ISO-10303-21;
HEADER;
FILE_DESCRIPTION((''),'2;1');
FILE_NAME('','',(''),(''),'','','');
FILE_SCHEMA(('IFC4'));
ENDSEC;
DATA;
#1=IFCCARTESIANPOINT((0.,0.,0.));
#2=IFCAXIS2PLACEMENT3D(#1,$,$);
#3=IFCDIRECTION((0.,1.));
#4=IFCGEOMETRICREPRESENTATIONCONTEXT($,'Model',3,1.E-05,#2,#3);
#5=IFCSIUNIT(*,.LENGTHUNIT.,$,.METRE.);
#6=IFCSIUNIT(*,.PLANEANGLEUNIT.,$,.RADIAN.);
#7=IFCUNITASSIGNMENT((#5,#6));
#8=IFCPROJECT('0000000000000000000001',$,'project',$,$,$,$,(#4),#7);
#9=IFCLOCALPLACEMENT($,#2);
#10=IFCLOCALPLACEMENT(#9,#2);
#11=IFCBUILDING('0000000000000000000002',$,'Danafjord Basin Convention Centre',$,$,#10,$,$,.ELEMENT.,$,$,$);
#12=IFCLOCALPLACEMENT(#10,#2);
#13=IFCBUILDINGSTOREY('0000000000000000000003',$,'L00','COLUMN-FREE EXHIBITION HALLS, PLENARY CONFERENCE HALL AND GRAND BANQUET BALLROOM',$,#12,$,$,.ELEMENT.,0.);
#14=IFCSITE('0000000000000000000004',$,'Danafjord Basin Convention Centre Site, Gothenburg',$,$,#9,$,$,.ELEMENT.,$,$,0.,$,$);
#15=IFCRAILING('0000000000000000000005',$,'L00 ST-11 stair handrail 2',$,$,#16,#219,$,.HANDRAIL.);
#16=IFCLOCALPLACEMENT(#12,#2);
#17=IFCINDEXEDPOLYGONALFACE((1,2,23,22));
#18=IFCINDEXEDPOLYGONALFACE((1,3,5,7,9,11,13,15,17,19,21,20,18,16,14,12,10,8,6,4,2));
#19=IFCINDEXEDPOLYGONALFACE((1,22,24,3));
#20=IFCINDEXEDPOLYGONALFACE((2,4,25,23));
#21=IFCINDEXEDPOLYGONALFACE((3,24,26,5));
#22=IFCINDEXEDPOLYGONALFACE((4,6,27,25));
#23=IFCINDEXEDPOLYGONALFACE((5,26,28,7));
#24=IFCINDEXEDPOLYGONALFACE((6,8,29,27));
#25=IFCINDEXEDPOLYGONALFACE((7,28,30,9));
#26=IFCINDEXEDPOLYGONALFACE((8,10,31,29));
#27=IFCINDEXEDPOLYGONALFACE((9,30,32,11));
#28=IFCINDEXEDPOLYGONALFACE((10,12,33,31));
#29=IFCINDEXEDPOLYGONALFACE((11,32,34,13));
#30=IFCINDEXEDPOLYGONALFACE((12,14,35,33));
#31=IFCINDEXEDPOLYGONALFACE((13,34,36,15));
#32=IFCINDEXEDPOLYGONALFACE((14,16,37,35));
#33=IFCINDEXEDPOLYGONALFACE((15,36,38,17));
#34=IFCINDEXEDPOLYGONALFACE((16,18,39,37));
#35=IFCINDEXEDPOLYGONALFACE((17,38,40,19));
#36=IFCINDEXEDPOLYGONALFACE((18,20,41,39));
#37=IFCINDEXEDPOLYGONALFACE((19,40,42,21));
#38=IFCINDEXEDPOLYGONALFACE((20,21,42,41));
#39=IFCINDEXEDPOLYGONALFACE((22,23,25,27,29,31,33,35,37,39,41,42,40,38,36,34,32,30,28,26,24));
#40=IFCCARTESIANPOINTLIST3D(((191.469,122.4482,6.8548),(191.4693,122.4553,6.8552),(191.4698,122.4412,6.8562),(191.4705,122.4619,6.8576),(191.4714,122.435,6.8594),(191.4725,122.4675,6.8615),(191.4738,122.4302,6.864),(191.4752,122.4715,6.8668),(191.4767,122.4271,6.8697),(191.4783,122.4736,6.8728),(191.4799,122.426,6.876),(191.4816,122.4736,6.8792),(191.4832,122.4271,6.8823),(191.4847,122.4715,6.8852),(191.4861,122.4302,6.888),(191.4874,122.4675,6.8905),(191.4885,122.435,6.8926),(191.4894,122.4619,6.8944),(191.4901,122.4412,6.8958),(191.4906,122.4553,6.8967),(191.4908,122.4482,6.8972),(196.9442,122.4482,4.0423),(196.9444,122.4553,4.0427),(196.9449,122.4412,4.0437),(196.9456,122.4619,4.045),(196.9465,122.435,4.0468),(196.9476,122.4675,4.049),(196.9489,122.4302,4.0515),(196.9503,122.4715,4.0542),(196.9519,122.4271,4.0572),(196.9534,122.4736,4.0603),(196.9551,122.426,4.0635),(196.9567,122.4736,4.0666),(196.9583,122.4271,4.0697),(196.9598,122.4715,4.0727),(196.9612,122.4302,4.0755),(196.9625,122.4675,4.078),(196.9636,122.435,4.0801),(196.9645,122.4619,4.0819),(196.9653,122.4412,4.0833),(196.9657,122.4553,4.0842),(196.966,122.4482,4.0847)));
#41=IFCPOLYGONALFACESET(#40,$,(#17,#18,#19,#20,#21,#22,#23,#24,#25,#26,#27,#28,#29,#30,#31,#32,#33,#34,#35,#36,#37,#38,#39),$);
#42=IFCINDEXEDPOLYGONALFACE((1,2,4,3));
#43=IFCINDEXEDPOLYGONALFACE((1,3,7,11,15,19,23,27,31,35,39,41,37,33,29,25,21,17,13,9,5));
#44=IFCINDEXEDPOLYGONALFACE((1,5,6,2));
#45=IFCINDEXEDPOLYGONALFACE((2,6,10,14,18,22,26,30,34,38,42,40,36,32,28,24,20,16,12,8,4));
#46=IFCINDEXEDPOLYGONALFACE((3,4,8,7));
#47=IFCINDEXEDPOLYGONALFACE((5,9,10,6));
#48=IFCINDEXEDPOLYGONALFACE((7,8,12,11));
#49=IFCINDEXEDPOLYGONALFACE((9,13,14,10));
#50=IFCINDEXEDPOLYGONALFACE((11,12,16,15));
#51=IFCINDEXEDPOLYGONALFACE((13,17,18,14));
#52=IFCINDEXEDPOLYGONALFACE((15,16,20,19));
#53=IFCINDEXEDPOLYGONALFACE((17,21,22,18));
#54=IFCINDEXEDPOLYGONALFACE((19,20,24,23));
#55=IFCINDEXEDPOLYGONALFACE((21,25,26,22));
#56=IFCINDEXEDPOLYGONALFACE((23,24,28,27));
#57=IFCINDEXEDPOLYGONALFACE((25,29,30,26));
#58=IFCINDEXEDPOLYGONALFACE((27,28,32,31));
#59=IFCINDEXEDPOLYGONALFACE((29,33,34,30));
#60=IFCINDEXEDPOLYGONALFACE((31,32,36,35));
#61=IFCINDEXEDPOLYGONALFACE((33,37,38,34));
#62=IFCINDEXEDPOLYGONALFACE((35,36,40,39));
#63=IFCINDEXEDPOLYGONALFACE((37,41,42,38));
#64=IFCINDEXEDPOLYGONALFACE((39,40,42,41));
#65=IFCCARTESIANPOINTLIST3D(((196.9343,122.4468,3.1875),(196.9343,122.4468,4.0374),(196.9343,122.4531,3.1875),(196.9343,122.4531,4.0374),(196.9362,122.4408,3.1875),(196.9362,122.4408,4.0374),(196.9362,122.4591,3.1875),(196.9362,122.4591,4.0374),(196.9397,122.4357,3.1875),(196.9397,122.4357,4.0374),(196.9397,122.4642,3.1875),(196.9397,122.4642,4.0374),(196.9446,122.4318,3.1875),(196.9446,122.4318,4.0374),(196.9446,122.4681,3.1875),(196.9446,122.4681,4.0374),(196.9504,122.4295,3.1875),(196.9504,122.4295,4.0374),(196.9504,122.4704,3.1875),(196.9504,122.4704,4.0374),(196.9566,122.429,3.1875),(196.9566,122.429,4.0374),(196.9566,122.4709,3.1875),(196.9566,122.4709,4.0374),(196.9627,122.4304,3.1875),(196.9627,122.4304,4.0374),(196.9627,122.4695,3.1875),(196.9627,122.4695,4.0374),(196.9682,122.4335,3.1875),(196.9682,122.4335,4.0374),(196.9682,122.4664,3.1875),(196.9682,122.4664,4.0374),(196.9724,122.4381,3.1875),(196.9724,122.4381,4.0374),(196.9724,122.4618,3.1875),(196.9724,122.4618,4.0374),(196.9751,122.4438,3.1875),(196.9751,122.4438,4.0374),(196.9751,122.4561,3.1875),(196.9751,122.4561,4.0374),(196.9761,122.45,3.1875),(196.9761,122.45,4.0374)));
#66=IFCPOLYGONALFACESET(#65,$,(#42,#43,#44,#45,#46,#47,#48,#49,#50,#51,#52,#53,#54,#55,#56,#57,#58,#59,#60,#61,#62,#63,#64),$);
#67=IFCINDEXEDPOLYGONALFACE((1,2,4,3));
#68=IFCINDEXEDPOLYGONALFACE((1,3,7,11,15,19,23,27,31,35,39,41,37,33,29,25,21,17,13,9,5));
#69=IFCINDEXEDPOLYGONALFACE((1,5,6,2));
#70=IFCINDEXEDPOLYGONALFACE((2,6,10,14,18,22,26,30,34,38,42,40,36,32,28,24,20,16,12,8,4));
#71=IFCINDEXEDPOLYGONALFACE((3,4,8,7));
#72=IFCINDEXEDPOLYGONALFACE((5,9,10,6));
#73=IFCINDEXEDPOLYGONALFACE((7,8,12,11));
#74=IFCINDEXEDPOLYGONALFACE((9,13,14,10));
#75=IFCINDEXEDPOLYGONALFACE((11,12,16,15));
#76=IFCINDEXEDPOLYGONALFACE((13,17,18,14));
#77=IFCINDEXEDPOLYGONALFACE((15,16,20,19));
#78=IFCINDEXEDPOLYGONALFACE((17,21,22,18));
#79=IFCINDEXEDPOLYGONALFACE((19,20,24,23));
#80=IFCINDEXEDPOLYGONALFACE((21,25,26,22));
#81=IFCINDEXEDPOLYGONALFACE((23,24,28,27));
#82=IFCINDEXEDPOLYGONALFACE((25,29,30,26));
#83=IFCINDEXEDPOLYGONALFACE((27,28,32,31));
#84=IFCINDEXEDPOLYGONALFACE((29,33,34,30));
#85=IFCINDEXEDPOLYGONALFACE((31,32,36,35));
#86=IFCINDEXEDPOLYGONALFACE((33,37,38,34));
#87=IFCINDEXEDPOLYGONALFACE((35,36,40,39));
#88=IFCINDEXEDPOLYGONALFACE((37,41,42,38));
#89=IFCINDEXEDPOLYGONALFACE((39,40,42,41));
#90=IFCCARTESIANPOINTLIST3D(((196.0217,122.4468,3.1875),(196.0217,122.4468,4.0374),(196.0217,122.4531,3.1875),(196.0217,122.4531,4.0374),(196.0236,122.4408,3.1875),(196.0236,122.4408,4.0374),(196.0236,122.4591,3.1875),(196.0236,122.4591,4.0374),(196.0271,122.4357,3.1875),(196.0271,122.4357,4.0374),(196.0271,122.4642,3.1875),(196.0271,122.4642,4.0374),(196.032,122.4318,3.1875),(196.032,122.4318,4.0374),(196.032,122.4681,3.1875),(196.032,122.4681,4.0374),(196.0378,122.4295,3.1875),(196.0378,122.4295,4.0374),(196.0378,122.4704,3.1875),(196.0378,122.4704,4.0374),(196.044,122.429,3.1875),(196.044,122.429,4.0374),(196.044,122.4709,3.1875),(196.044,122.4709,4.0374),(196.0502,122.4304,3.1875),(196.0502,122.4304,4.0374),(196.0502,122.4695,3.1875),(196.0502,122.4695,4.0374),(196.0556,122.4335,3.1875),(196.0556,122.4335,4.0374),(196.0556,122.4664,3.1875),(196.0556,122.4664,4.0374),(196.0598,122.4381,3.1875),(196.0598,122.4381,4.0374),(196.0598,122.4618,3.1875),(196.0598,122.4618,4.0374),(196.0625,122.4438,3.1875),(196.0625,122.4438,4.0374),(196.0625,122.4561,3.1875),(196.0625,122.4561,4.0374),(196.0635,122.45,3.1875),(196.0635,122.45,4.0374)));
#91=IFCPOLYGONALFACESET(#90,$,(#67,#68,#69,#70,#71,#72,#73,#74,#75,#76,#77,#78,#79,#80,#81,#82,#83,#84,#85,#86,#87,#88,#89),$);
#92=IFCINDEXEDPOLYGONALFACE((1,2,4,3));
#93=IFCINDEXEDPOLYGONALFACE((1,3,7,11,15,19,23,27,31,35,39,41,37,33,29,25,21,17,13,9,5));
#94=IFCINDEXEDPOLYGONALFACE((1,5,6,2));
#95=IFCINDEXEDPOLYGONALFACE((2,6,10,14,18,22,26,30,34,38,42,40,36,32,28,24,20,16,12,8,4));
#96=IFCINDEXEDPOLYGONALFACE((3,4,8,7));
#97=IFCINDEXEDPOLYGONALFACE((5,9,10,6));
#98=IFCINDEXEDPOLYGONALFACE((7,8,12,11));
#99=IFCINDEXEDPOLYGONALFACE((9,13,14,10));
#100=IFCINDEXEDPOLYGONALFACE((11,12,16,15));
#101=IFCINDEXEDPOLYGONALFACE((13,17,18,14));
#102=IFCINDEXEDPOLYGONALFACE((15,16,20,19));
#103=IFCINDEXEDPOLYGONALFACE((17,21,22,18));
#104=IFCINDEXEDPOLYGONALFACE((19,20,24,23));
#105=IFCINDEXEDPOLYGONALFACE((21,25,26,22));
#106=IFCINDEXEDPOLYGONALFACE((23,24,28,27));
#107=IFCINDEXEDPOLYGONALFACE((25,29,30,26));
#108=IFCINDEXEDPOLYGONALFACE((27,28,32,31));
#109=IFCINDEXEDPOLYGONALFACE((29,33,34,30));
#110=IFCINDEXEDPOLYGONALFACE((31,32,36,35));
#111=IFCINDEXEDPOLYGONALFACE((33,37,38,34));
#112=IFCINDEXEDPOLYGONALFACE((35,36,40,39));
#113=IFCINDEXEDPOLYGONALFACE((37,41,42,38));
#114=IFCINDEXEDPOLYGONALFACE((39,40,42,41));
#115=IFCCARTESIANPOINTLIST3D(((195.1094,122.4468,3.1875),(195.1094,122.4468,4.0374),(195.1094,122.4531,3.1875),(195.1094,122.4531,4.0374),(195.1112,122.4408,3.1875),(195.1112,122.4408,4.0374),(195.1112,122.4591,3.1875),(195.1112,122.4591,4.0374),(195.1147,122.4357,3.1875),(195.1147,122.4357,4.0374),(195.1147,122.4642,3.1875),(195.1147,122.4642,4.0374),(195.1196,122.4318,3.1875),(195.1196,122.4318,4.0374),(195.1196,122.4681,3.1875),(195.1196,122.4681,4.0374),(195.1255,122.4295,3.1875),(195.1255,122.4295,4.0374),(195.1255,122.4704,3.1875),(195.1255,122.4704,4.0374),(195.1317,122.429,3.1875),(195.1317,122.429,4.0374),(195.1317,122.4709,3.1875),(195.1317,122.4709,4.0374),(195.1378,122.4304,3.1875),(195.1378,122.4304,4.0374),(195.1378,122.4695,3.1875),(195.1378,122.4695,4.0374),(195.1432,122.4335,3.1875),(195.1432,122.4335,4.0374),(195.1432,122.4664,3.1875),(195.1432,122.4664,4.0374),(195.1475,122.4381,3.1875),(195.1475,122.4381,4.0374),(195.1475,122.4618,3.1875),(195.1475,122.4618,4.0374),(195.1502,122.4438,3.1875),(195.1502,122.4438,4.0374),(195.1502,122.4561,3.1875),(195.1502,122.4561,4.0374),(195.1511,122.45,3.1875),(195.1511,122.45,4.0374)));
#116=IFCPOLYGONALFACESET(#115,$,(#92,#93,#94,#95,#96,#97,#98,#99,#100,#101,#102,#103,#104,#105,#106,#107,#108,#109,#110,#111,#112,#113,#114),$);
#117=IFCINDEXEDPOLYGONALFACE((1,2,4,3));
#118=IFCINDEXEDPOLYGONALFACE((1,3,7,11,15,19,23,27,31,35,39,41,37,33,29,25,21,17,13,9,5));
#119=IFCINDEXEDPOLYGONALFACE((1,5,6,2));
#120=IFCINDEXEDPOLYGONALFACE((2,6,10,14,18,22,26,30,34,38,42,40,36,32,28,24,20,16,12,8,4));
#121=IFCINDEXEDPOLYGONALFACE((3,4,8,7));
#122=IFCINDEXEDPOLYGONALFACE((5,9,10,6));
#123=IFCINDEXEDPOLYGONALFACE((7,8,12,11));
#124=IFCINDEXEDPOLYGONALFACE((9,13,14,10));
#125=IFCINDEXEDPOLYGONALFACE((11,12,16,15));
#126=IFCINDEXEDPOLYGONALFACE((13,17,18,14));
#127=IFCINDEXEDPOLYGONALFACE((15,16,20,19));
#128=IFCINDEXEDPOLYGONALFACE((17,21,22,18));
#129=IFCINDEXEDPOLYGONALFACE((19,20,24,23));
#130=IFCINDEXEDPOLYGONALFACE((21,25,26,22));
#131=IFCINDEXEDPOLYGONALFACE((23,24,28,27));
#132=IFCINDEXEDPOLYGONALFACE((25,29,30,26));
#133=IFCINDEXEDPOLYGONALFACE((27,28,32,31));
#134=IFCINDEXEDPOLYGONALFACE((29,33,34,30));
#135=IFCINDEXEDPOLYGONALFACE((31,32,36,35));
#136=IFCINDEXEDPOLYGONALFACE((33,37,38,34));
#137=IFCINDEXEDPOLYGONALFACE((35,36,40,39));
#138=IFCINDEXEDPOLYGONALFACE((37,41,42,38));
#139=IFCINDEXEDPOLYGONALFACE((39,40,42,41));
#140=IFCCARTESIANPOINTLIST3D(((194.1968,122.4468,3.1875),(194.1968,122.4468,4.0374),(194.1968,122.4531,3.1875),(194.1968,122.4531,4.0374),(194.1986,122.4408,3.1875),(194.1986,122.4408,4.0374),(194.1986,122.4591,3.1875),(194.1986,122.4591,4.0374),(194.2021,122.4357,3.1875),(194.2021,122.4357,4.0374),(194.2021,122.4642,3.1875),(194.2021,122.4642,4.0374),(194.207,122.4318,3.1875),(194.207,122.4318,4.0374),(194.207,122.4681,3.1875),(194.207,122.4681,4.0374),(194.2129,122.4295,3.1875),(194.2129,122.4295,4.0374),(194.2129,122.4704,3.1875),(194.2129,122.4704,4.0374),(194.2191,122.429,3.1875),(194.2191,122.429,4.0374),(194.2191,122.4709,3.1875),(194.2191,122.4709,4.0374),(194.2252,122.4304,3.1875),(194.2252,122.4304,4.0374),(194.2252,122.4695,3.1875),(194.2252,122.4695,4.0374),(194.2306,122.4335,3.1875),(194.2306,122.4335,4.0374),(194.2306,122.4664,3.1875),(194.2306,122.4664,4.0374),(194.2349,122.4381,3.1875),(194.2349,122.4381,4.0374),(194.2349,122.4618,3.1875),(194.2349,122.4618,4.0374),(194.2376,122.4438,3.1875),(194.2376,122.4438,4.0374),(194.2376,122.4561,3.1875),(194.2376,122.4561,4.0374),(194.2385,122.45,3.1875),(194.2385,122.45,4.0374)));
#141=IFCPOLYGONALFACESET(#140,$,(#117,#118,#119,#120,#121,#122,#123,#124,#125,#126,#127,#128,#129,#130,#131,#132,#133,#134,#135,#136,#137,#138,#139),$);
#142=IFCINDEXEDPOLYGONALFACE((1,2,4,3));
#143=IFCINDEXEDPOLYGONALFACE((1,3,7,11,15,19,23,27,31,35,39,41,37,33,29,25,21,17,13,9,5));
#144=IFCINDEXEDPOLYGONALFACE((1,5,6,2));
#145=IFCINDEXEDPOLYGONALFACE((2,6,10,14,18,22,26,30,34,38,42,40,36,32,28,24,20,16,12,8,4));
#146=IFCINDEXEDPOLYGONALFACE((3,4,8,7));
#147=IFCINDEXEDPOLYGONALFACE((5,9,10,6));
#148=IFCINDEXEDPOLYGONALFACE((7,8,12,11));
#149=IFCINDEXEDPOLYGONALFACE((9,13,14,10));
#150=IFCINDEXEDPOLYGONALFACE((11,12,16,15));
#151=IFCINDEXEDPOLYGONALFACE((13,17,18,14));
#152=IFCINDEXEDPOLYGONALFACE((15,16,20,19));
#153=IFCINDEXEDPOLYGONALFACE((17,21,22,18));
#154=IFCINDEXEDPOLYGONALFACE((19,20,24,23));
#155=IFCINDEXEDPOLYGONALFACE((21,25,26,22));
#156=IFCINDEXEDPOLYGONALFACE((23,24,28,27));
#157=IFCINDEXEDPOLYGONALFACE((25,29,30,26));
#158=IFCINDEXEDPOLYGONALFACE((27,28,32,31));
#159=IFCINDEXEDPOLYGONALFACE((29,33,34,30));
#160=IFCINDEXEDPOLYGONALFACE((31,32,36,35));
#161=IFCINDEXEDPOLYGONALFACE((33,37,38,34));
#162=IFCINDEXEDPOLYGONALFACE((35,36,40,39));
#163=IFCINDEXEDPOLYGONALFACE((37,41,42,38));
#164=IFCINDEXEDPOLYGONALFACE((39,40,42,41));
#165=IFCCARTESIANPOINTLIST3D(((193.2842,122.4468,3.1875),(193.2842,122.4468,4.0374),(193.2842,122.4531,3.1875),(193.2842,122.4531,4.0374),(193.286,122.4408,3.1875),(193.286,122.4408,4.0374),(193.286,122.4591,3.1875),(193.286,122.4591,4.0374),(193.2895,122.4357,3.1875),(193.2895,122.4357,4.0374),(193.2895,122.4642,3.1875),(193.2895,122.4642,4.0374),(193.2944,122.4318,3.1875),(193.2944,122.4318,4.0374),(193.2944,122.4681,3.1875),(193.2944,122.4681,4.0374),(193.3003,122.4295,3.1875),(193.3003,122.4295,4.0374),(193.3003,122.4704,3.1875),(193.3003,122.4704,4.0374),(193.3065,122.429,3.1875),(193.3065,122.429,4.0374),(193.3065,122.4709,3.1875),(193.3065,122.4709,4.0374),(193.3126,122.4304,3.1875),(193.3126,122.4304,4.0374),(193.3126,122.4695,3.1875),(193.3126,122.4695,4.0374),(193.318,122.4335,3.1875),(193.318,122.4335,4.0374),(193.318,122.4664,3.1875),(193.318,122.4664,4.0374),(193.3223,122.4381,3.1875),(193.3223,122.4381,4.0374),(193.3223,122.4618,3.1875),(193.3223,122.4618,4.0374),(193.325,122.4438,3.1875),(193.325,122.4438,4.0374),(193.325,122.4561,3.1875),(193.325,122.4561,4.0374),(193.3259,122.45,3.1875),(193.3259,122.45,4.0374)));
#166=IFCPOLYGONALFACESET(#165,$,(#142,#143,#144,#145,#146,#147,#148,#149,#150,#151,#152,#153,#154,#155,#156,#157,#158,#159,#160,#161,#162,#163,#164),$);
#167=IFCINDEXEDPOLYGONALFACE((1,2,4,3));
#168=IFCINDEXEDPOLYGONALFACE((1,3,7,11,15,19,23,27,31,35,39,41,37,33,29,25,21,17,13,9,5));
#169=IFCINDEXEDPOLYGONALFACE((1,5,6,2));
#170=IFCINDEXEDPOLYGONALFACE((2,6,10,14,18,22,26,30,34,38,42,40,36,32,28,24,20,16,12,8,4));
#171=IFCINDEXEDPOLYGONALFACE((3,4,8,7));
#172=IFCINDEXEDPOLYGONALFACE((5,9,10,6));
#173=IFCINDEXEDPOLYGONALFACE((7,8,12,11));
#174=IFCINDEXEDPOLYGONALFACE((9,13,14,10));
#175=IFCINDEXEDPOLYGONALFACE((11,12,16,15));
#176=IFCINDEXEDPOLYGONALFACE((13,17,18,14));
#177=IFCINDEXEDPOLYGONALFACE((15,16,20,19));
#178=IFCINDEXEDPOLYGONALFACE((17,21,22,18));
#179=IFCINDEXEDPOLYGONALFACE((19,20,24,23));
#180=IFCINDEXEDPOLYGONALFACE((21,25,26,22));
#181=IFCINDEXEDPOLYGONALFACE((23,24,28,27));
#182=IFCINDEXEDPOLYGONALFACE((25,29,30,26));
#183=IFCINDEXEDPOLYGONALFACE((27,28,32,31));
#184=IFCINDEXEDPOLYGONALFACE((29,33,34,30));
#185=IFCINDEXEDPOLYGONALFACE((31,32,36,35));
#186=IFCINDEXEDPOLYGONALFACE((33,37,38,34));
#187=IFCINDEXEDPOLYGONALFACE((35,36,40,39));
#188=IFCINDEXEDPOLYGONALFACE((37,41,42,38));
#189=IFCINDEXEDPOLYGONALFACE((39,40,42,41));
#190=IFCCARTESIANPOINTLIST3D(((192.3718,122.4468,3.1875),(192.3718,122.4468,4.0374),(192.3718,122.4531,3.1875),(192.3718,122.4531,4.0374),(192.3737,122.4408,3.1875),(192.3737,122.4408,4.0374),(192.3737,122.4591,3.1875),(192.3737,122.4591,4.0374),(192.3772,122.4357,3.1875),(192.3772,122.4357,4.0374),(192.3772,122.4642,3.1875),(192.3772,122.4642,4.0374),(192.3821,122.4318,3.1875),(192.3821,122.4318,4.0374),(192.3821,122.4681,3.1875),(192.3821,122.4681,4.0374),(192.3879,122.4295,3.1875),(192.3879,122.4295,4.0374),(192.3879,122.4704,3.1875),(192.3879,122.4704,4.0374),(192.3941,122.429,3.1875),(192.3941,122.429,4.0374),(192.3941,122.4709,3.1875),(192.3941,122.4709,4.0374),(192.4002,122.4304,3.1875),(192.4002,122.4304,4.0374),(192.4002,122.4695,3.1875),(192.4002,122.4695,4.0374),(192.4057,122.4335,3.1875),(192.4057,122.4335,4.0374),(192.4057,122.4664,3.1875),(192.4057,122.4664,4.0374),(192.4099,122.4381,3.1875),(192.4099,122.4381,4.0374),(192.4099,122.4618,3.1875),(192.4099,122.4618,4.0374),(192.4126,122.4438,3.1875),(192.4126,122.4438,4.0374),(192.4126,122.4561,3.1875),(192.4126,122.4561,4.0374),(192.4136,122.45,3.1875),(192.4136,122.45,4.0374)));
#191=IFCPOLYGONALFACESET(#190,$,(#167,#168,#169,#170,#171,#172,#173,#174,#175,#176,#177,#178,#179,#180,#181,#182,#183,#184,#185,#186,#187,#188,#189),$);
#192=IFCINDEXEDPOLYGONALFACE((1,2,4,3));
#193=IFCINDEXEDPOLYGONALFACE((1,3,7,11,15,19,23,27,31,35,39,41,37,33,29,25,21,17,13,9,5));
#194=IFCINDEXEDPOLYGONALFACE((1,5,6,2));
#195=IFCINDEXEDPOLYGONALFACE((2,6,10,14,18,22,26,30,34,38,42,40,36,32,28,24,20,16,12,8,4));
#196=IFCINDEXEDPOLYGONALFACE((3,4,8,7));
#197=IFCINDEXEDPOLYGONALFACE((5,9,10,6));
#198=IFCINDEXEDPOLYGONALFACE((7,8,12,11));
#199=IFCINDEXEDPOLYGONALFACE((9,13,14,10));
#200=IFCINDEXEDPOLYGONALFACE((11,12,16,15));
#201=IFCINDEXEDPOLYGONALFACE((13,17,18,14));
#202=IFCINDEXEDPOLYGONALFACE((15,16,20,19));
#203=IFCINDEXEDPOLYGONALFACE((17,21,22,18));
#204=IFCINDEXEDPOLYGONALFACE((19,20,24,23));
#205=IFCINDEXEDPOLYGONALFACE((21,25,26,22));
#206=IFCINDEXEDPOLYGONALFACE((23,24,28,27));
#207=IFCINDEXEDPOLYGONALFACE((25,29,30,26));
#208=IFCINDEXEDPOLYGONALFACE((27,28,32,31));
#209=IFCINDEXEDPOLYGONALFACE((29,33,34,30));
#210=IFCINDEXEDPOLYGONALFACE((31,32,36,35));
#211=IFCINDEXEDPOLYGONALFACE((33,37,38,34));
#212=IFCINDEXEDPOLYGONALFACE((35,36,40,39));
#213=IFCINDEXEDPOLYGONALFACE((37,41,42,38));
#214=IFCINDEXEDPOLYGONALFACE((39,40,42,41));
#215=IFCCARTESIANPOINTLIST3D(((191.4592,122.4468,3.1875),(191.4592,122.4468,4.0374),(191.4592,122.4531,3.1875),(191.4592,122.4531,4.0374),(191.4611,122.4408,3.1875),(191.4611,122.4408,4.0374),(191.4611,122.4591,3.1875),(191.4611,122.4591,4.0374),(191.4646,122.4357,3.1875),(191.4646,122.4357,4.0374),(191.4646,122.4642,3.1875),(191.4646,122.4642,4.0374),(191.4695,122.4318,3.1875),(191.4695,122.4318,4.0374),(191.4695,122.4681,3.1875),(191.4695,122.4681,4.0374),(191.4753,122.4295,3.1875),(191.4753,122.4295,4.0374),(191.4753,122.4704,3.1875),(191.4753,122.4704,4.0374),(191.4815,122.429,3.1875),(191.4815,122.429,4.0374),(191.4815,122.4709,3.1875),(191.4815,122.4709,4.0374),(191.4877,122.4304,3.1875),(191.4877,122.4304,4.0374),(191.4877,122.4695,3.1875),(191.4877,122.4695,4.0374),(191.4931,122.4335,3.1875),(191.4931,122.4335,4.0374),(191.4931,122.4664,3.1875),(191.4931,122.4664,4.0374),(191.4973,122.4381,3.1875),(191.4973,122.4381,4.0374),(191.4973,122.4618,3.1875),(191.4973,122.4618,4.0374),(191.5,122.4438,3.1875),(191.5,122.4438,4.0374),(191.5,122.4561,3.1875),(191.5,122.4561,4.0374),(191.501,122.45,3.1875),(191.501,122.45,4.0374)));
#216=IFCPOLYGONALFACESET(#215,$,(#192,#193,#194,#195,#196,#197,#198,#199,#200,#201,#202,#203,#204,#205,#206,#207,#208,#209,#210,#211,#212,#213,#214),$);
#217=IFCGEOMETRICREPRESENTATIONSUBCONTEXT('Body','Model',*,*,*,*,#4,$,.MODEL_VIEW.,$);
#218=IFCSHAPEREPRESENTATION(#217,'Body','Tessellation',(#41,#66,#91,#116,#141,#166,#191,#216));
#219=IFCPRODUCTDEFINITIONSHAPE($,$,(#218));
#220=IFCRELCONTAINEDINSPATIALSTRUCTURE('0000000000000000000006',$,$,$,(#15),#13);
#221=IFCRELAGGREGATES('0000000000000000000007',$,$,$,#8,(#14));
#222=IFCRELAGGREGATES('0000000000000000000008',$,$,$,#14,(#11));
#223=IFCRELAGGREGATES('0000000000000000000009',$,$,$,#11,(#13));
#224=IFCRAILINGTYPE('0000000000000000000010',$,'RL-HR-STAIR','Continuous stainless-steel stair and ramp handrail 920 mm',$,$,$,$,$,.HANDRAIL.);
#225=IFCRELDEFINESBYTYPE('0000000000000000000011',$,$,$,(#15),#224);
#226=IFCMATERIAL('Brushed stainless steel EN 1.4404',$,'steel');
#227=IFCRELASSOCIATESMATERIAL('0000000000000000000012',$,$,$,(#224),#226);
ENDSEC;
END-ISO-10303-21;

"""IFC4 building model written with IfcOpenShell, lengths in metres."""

from ifc_helpers import new_model, si_unit, direction, frame, origin, origin_2d, place, context, subcontext, project, spatial, circle, extrude, material, type_object, element, save


model = new_model("IFC4")

# Units and contexts
model_context = context("Model", 3, precision=1e-05, world=origin(), true_north=direction((0.0, 1.0)))
body_context = subcontext(model_context, "Body", "Model", "MODEL_VIEW")
ifc_project = project(units=[si_unit("LENGTHUNIT", "METRE"), si_unit("PLANEANGLEUNIT", "RADIAN")], contexts=[model_context])

# Site, building, storey
site_placement = place(None, origin())
site = spatial("IfcSite", under=ifc_project, at=site_placement, Name="Danafjord Basin Convention Centre Site, Gothenburg", CompositionType="ELEMENT", RefElevation=0.0)
building_placement = place(site_placement, origin())
building = spatial("IfcBuilding", under=site, at=building_placement, Name="Danafjord Basin Convention Centre", CompositionType="ELEMENT")
storey_placement = place(building_placement, origin())
storey = spatial("IfcBuildingStorey", under=building, at=storey_placement, Name="L00", Description="COLUMN-FREE EXHIBITION HALLS, PLENARY CONFERENCE HALL AND GRAND BANQUET BALLROOM", CompositionType="ELEMENT", Elevation=0.0)

# Railing
ifc_material_1 = material(Name="Brushed stainless steel EN 1.4404", Category="steel")
railing_type_1 = type_object("IfcRailingType", Name="RL-HR-STAIR", Description="Continuous stainless-steel stair and ramp handrail 920 mm", PredefinedType="HANDRAIL", material=ifc_material_1)
railing_1_placement = place(storey_placement, frame((196.9551, 122.45, 3.1875)))
element("IfcRailing", 1, at=railing_1_placement, inside=storey, type_object=railing_type_1, Name="L00 ST-11 stair handrail 2", PredefinedType="HANDRAIL", context=body_context, shape_type="SweptSolid", body=[
    extrude(circle(Radius=0.0239, at=origin_2d()), frame((0.0, 0.0, 0.876), z_axis=(-0.889503, 0.0, 0.456929), x_axis=(0.0, -1.0, 0.0)), (0.0, 0.0, 1.0), 6.1553),
    extrude(circle(Radius=0.021, at=origin_2d()), origin(), (0.0, 0.0, 1.0), 0.8499),
    extrude(circle(Radius=0.021, at=origin_2d()), frame((-0.9126, 0.0, 0.0)), (0.0, 0.0, 1.0), 0.8499),
    extrude(circle(Radius=0.021, at=origin_2d()), frame((-1.825, 0.0, 0.0)), (0.0, 0.0, 1.0), 0.8499),
    extrude(circle(Radius=0.021, at=origin_2d()), frame((-2.7375, 0.0, 0.0)), (0.0, 0.0, 1.0), 0.8499),
    extrude(circle(Radius=0.021, at=origin_2d()), frame((-3.6501, 0.0, 0.0)), (0.0, 0.0, 1.0), 0.8499),
    extrude(circle(Radius=0.021, at=origin_2d()), frame((-4.5625, 0.0, 0.0)), (0.0, 0.0, 1.0), 0.8499),
    extrude(circle(Radius=0.021, at=origin_2d()), frame((-5.4751, 0.0, 0.0)), (0.0, 0.0, 1.0), 0.8499),
])

save(model, "model.ifc")
